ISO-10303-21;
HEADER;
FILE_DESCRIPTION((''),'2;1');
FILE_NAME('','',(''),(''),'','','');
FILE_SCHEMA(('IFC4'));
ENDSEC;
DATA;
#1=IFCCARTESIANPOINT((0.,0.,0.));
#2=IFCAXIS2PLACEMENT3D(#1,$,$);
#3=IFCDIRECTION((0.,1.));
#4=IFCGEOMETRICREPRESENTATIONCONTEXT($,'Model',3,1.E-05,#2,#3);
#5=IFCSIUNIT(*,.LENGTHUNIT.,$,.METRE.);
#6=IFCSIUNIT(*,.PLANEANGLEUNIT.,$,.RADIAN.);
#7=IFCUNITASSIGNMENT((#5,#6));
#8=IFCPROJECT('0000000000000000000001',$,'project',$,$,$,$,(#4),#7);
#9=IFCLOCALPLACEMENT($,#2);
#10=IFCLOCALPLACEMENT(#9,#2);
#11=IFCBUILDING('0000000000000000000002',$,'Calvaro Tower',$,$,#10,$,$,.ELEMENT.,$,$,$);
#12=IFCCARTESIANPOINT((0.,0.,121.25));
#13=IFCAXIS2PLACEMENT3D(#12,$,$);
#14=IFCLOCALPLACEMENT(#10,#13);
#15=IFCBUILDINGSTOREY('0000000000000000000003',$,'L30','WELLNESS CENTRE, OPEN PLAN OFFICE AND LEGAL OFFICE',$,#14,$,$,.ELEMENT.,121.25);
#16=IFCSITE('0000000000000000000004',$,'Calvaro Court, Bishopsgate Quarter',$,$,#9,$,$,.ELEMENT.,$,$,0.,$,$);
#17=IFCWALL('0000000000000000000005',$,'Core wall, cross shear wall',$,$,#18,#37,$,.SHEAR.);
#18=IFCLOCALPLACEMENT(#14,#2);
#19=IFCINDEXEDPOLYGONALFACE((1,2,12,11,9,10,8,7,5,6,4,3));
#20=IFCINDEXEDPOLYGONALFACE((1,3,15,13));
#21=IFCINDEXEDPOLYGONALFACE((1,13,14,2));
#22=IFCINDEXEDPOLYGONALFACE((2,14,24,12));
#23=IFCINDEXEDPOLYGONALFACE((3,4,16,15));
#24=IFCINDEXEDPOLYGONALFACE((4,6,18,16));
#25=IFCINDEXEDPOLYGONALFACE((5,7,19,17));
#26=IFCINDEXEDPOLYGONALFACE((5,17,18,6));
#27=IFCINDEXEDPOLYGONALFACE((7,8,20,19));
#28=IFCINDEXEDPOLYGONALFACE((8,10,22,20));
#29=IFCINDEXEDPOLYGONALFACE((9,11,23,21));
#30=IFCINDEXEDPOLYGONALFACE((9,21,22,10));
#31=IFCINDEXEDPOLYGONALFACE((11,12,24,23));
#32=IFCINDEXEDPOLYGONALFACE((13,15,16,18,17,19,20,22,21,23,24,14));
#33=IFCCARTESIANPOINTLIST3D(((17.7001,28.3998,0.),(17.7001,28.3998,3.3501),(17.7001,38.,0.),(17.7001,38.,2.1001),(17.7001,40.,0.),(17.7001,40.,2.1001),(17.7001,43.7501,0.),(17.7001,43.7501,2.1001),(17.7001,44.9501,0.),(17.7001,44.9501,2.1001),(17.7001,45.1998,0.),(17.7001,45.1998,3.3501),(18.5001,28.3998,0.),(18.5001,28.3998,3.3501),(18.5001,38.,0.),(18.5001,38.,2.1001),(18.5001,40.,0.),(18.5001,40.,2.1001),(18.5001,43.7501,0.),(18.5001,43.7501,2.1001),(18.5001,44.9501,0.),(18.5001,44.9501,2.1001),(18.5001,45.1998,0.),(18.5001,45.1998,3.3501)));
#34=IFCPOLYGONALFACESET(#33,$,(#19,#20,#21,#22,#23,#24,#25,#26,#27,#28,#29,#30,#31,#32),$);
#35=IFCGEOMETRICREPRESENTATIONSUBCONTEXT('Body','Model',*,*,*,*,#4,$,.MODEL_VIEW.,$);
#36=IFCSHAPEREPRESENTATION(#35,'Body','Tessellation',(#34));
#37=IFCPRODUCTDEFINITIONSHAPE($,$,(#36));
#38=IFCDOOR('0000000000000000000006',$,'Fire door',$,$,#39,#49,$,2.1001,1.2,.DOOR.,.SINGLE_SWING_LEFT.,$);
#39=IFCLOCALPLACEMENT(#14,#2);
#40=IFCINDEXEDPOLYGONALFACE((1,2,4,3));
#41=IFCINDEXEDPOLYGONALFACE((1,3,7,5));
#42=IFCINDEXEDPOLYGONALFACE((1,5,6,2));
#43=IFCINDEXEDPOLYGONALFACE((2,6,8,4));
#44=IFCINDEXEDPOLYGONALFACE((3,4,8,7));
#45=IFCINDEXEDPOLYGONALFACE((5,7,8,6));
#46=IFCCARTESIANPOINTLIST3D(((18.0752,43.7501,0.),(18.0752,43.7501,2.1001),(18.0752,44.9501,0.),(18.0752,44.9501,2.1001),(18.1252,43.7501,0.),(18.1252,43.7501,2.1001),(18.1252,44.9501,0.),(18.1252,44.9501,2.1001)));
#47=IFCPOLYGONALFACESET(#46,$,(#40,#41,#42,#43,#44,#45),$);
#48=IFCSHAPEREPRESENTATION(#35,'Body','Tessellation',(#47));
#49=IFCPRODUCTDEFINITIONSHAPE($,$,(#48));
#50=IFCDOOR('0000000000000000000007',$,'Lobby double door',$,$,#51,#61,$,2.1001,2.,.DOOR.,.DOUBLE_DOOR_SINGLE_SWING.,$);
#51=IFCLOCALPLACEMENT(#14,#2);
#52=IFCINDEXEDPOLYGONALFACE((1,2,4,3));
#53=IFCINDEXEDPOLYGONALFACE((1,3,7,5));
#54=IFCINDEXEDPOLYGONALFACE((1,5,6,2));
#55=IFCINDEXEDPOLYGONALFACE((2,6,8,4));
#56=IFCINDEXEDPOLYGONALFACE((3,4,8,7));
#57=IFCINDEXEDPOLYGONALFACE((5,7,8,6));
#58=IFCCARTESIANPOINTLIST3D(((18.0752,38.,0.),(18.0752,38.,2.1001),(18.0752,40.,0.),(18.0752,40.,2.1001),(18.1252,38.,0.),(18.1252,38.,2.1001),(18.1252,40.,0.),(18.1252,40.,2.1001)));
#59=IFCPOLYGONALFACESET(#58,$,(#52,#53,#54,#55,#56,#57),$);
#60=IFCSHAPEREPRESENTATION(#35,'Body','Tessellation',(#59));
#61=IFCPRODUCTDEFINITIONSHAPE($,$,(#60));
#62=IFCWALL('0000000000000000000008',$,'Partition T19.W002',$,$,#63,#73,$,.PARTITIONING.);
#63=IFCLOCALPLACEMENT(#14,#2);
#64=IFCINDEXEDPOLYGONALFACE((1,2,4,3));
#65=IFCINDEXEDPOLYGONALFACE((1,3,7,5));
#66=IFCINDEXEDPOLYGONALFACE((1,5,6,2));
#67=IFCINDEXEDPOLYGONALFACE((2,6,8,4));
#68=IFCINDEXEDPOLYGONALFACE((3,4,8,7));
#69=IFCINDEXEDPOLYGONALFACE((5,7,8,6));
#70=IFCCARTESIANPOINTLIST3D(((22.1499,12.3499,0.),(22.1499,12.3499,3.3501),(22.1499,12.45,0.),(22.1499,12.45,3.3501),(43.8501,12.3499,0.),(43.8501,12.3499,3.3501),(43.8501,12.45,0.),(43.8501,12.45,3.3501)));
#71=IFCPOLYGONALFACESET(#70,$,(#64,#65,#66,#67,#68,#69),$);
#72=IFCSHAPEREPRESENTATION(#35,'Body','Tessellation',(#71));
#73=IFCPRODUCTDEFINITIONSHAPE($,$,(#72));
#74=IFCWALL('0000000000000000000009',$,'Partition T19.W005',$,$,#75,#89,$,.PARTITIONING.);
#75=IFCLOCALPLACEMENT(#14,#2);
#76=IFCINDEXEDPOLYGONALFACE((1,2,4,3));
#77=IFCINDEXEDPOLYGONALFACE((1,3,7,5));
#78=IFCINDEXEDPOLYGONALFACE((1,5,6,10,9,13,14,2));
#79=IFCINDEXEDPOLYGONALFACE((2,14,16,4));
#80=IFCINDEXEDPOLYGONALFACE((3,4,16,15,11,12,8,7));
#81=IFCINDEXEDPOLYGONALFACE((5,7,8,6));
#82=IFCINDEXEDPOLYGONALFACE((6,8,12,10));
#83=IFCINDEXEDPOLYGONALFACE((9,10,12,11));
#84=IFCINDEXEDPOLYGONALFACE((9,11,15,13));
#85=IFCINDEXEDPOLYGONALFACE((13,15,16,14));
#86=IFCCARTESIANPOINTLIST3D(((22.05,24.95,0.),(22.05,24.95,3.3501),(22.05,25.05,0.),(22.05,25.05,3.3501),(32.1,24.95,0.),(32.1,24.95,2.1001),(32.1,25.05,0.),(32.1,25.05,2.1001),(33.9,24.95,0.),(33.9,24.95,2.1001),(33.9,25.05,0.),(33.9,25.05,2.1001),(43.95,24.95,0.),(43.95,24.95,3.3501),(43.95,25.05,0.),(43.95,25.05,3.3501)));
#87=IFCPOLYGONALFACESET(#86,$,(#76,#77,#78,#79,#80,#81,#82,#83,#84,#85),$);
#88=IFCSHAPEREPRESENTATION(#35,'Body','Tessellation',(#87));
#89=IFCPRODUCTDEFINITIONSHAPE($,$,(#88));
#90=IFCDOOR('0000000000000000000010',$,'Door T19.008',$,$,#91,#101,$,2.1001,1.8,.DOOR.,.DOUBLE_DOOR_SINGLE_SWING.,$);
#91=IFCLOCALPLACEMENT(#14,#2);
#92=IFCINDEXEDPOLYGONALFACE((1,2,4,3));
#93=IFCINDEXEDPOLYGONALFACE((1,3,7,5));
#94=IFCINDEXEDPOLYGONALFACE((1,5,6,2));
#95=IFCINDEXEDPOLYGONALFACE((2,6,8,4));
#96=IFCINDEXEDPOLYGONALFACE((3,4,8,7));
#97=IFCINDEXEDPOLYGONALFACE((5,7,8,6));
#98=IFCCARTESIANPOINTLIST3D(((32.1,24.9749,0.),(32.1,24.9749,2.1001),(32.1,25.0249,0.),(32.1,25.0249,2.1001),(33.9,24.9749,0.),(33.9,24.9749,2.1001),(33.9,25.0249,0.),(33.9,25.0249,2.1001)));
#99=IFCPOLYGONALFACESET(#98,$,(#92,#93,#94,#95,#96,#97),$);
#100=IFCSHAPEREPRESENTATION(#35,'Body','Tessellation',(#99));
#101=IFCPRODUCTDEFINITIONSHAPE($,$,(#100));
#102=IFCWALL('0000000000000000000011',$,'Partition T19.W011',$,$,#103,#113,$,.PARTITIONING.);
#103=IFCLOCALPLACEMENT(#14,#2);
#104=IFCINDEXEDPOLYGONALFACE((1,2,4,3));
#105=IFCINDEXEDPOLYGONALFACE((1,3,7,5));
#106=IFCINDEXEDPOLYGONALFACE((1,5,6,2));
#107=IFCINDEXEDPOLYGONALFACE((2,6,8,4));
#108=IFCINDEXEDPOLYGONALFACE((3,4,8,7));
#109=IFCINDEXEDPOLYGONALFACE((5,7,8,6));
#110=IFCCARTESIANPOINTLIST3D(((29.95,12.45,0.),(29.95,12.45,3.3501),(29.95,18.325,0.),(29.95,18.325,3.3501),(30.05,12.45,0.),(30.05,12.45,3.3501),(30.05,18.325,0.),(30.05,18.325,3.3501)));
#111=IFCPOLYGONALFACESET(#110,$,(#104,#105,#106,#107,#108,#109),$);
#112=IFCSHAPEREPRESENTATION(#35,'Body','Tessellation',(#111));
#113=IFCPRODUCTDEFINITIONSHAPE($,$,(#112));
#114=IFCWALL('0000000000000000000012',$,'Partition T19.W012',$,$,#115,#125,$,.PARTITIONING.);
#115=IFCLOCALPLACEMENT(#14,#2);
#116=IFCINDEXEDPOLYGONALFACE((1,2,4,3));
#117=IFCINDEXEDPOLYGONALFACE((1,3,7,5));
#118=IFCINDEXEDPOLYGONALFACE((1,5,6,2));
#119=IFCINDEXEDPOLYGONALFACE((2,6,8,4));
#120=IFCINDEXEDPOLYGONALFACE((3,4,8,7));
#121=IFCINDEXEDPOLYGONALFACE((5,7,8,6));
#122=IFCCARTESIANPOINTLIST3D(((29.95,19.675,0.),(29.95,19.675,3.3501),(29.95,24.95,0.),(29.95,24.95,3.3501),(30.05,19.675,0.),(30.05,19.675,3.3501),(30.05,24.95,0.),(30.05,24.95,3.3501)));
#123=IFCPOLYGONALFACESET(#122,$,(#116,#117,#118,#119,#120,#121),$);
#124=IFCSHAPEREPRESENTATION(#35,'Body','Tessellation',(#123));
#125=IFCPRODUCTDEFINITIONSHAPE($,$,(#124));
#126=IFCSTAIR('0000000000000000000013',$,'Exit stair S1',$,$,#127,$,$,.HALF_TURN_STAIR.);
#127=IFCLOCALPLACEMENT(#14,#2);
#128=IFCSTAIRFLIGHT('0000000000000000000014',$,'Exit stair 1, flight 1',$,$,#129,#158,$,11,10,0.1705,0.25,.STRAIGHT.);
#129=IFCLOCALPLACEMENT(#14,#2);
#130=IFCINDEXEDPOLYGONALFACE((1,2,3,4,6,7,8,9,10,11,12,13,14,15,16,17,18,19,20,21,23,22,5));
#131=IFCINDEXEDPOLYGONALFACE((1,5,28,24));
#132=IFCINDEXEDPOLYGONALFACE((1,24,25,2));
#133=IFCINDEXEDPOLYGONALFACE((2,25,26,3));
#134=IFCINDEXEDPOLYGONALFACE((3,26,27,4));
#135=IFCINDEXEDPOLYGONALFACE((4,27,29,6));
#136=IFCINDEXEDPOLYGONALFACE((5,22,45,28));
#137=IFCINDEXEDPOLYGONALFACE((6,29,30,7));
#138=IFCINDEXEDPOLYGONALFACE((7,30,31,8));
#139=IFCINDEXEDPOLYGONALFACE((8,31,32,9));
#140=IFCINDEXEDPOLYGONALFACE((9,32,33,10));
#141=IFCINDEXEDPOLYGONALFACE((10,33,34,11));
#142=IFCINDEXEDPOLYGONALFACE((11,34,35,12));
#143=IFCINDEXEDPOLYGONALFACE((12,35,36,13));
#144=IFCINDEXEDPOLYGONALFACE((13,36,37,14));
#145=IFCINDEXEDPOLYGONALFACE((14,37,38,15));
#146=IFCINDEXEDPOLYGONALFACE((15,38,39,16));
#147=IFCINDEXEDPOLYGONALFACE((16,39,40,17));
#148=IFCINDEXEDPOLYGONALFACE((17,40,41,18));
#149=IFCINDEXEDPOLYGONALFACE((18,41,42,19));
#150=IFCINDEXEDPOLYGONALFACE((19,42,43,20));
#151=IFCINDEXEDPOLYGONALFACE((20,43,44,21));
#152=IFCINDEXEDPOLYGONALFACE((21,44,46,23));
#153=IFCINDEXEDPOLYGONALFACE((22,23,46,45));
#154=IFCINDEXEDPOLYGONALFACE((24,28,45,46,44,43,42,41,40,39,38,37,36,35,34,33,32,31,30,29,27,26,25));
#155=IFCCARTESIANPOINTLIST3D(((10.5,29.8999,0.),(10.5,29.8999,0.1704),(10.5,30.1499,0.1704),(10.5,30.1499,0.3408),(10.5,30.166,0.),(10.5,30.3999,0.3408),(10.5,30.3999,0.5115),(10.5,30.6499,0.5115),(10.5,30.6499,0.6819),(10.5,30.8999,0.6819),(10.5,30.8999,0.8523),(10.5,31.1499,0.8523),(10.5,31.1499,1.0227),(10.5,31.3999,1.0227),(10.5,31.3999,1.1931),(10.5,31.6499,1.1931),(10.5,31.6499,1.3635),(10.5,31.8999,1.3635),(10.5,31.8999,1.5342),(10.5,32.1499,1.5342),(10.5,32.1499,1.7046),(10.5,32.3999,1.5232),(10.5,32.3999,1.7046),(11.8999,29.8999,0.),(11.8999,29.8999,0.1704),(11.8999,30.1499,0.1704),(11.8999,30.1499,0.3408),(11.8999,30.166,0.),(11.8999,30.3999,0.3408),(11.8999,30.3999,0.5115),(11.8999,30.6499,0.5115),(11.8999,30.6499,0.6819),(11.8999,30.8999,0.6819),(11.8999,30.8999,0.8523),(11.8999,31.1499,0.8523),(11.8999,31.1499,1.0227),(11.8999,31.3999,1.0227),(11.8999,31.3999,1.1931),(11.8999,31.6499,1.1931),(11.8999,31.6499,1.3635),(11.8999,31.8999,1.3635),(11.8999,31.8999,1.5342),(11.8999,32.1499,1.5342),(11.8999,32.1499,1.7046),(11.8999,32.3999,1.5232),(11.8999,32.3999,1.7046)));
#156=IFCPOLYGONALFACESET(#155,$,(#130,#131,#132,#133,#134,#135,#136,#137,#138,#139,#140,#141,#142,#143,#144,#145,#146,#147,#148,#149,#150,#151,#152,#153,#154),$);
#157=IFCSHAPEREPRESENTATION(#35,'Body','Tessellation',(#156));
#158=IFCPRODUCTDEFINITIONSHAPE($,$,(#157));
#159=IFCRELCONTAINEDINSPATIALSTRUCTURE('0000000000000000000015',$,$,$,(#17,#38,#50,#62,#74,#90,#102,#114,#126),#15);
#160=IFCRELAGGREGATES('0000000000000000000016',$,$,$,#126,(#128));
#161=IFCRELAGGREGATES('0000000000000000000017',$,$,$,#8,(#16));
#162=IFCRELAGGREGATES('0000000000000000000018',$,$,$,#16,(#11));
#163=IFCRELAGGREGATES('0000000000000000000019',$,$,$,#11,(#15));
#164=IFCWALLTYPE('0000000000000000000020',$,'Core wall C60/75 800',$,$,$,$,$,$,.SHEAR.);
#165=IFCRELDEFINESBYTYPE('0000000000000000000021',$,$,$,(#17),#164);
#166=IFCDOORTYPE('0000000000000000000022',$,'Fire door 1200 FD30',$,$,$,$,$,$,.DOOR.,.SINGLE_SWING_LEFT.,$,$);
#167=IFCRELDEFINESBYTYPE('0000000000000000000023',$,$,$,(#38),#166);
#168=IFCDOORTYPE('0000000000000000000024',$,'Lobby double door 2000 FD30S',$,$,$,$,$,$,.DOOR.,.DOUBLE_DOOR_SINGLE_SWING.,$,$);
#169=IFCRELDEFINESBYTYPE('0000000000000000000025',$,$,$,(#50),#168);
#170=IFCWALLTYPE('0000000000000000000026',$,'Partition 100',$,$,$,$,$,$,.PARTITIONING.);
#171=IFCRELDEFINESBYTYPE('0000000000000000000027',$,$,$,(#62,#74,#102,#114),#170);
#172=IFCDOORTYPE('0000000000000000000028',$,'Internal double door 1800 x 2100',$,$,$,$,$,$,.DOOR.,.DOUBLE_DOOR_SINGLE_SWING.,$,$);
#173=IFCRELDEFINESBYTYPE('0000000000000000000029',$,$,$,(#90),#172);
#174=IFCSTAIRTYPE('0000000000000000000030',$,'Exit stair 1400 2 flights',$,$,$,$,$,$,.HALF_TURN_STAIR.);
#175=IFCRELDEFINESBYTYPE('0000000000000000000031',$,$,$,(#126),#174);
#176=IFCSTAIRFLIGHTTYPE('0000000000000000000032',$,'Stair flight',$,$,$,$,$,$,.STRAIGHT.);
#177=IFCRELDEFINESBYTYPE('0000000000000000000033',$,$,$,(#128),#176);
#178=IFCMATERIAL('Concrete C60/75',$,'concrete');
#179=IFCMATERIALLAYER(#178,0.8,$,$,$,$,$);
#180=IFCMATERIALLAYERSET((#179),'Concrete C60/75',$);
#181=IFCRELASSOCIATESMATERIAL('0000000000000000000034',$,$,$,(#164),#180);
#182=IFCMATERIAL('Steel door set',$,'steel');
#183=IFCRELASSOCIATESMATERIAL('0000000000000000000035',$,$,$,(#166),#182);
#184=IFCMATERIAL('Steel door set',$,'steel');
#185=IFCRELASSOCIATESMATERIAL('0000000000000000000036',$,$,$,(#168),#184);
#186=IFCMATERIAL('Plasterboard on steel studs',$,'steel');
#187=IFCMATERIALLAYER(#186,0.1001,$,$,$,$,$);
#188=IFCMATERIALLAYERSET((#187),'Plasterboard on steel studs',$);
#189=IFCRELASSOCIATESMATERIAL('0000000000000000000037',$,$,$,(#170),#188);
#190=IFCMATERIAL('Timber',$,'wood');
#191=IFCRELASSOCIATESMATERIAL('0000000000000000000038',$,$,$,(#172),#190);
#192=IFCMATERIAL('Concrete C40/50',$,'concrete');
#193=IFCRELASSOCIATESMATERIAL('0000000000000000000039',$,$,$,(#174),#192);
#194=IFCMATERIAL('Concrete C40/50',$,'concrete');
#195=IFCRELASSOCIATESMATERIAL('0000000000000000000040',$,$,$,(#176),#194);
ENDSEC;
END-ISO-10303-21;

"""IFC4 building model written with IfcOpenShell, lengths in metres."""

from ifc_helpers import new_model, si_unit, direction, frame, frame_2d, origin, place, context, subcontext, project, spatial, polyline, rectangle, outline, extrude, material, layer, layer_set, type_object, element, fill, aggregate, save


model = new_model("IFC4")

# Units and contexts
model_context = context("Model", 3, precision=1e-05, world=origin(), true_north=direction((0.0, 1.0)))
body_context = subcontext(model_context, "Body", "Model", "MODEL_VIEW")
ifc_project = project(units=[si_unit("LENGTHUNIT", "METRE"), si_unit("PLANEANGLEUNIT", "RADIAN")], contexts=[model_context])

# Site, building, storey
site_placement = place(None, origin())
site = spatial("IfcSite", under=ifc_project, at=site_placement, Name="Calvaro Court, Bishopsgate Quarter", CompositionType="ELEMENT", RefElevation=0.0)
building_placement = place(site_placement, origin())
building = spatial("IfcBuilding", under=site, at=building_placement, Name="Calvaro Tower", CompositionType="ELEMENT")
storey_placement = place(building_placement, frame((0.0, 0.0, 121.25)))
storey = spatial("IfcBuildingStorey", under=building, at=storey_placement, Name="L30", Description="WELLNESS CENTRE, OPEN PLAN OFFICE AND LEGAL OFFICE", CompositionType="ELEMENT", Elevation=121.25)

# Wall, openings, doors
ifc_material_1 = material(Name="Concrete C60/75", Category="concrete")
ifc_layer_1 = layer(ifc_material_1, 0.8)
ifc_layer_set_1 = layer_set([ifc_layer_1], Name="Concrete C60/75")
wall_type_1 = type_object("IfcWallType", Name="Core wall C60/75 800", PredefinedType="SHEAR", material=ifc_layer_set_1)
wall_1_placement = place(storey_placement, frame((18.1001, 28.3999, 0.0), z_axis=(0.0, 0.0, 1.0), x_axis=(0.0, 1.0, 0.0)))
wall_1 = element("IfcWall", 1, at=wall_1_placement, inside=storey, type_object=wall_type_1, Name="Core wall, cross shear wall", PredefinedType="SHEAR", context=body_context, shape_type="SweptSolid", body=[
    extrude(rectangle(XDim=16.8, YDim=0.8, at=frame_2d((8.3999, 0.0))), origin(), (0.0, 0.0, 1.0), 3.3501),
])
opening_1_placement = place(wall_1_placement, frame((9.6001, 0.0, 0.0)))
opening_1 = element("IfcOpeningElement", 2, at=opening_1_placement, cuts=wall_1, PredefinedType="OPENING", context=body_context, shape_type="SweptSolid", body=[
    extrude(rectangle(XDim=2.0, YDim=2.1001, at=frame_2d((1.0, 1.05))), frame((0.0, 0.4099, 0.0), z_axis=(0.0, -1.0, 0.0), x_axis=(1.0, 0.0, 0.0)), (0.0, 0.0, 1.0), 0.8201),
])
opening_2_placement = place(wall_1_placement, frame((15.3501, 0.0, 0.0)))
opening_2 = element("IfcOpeningElement", 3, at=opening_2_placement, cuts=wall_1, PredefinedType="OPENING", context=body_context, shape_type="SweptSolid", body=[
    extrude(rectangle(XDim=1.2, YDim=2.1001, at=frame_2d((0.6001, 1.05))), frame((0.0, 0.4099, 0.0), z_axis=(0.0, -1.0, 0.0), x_axis=(1.0, 0.0, 0.0)), (0.0, 0.0, 1.0), 0.8201),
])
ifc_material_2 = material(Name="Steel door set", Category="steel")
door_type_1 = type_object("IfcDoorType", Name="Fire door 1200 FD30", OperationType="SINGLE_SWING_LEFT", PredefinedType="DOOR", material=ifc_material_2)
door_1_placement = place(opening_2_placement, origin())
door_1 = element("IfcDoor", 4, at=door_1_placement, inside=storey, type_object=door_type_1, Name="Fire door", OperationType="SINGLE_SWING_LEFT", OverallHeight=2.1001, OverallWidth=1.2, PredefinedType="DOOR", context=body_context, shape_type="SweptSolid", body=[
    extrude(rectangle(XDim=1.2, YDim=2.1001, at=frame_2d((0.6001, 1.05))), frame((0.0, 0.0249, 0.0), z_axis=(0.0, -1.0, 0.0), x_axis=(1.0, 0.0, 0.0)), (0.0, 0.0, 1.0), 0.05),
])
fill(opening_2, door_1)
ifc_material_3 = material(Name="Steel door set", Category="steel")
door_type_2 = type_object("IfcDoorType", Name="Lobby double door 2000 FD30S", OperationType="DOUBLE_DOOR_SINGLE_SWING", PredefinedType="DOOR", material=ifc_material_3)
door_2_placement = place(opening_1_placement, origin())
door_2 = element("IfcDoor", 5, at=door_2_placement, inside=storey, type_object=door_type_2, Name="Lobby double door", OperationType="DOUBLE_DOOR_SINGLE_SWING", OverallHeight=2.1001, OverallWidth=2.0, PredefinedType="DOOR", context=body_context, shape_type="SweptSolid", body=[
    extrude(rectangle(XDim=2.0, YDim=2.1001, at=frame_2d((1.0, 1.05))), frame((0.0, 0.0249, 0.0), z_axis=(0.0, -1.0, 0.0), x_axis=(1.0, 0.0, 0.0)), (0.0, 0.0, 1.0), 0.05),
])
fill(opening_1, door_2)

# Wall
ifc_material_4 = material(Name="Plasterboard on steel studs", Category="steel")
ifc_layer_2 = layer(ifc_material_4, 0.1001)
ifc_layer_set_2 = layer_set([ifc_layer_2], Name="Plasterboard on steel studs")
wall_type_2 = type_object("IfcWallType", Name="Partition 100", PredefinedType="PARTITIONING", material=ifc_layer_set_2)
wall_2_placement = place(storey_placement, frame((22.1499, 12.3999, 0.0), z_axis=(0.0, 0.0, 1.0), x_axis=(1.0, 0.0, 0.0)))
element("IfcWall", 6, at=wall_2_placement, inside=storey, type_object=wall_type_2, Name="Partition T19.W002", PredefinedType="PARTITIONING", context=body_context, shape_type="SweptSolid", body=[
    extrude(rectangle(XDim=21.7002, YDim=0.1001, at=frame_2d((10.8501, 0.0))), origin(), (0.0, 0.0, 1.0), 3.3501),
])

# Wall, opening, door
wall_3_placement = place(storey_placement, frame((22.05, 25.0, 0.0), z_axis=(0.0, 0.0, 1.0), x_axis=(1.0, 0.0, 0.0)))
wall_3 = element("IfcWall", 7, at=wall_3_placement, inside=storey, type_object=wall_type_2, Name="Partition T19.W005", PredefinedType="PARTITIONING", context=body_context, shape_type="SweptSolid", body=[
    extrude(rectangle(XDim=21.8999, YDim=0.1001, at=frame_2d((10.95, 0.0))), origin(), (0.0, 0.0, 1.0), 3.3501),
])
opening_3_placement = place(wall_3_placement, frame((10.05, 0.0, 0.0)))
opening_3 = element("IfcOpeningElement", 8, at=opening_3_placement, cuts=wall_3, PredefinedType="OPENING", context=body_context, shape_type="SweptSolid", body=[
    extrude(rectangle(XDim=1.8, YDim=2.1001, at=frame_2d((0.8999, 1.05))), frame((0.0, 0.0601, 0.0), z_axis=(0.0, -1.0, 0.0), x_axis=(1.0, 0.0, 0.0)), (0.0, 0.0, 1.0), 0.1201),
])
ifc_material_5 = material(Name="Timber", Category="wood")
door_type_3 = type_object("IfcDoorType", Name="Internal double door 1800 x 2100", OperationType="DOUBLE_DOOR_SINGLE_SWING", PredefinedType="DOOR", material=ifc_material_5)
door_3_placement = place(opening_3_placement, origin())
door_3 = element("IfcDoor", 9, at=door_3_placement, inside=storey, type_object=door_type_3, Name="Door T19.008", OperationType="DOUBLE_DOOR_SINGLE_SWING", OverallHeight=2.1001, OverallWidth=1.8, PredefinedType="DOOR", context=body_context, shape_type="SweptSolid", body=[
    extrude(rectangle(XDim=1.8, YDim=2.1001, at=frame_2d((0.8999, 1.05))), frame((0.0, 0.0249, 0.0), z_axis=(0.0, -1.0, 0.0), x_axis=(1.0, 0.0, 0.0)), (0.0, 0.0, 1.0), 0.05),
])
fill(opening_3, door_3)

# Walls
wall_4_placement = place(storey_placement, frame((30.0, 12.45, 0.0), z_axis=(0.0, 0.0, 1.0), x_axis=(0.0, 1.0, 0.0)))
element("IfcWall", 10, at=wall_4_placement, inside=storey, type_object=wall_type_2, Name="Partition T19.W011", PredefinedType="PARTITIONING", context=body_context, shape_type="SweptSolid", body=[
    extrude(rectangle(XDim=5.875, YDim=0.1001, at=frame_2d((2.9375, 0.0))), origin(), (0.0, 0.0, 1.0), 3.3501),
])
wall_5_placement = place(storey_placement, frame((30.0, 19.675, 0.0), z_axis=(0.0, 0.0, 1.0), x_axis=(0.0, 1.0, 0.0)))
element("IfcWall", 11, at=wall_5_placement, inside=storey, type_object=wall_type_2, Name="Partition T19.W012", PredefinedType="PARTITIONING", context=body_context, shape_type="SweptSolid", body=[
    extrude(rectangle(XDim=5.2749, YDim=0.1001, at=frame_2d((2.6375, 0.0))), origin(), (0.0, 0.0, 1.0), 3.3501),
])

# Stair, stair flight
ifc_material_6 = material(Name="Concrete C40/50", Category="concrete")
stair_type = type_object("IfcStairType", Name="Exit stair 1400 2 flights", PredefinedType="HALF_TURN_STAIR", material=ifc_material_6)
stair_placement = place(storey_placement, origin())
stair = element("IfcStair", 12, at=stair_placement, inside=storey, type_object=stair_type, Name="Exit stair S1", PredefinedType="HALF_TURN_STAIR")
ifc_material_7 = material(Name="Concrete C40/50", Category="concrete")
stair_flight_type = type_object("IfcStairFlightType", Name="Stair flight", PredefinedType="STRAIGHT", material=ifc_material_7)
stair_flight_placement = place(storey_placement, frame((11.2, 29.8999, 0.0), z_axis=(0.0, 0.0, 1.0), x_axis=(0.0, 1.0, 0.0)))
stair_flight = element("IfcStairFlight", 13, at=stair_flight_placement, type_object=stair_flight_type, Name="Exit stair 1, flight 1", NumberOfRisers=11, NumberOfTreads=10, PredefinedType="STRAIGHT", RiserHeight=0.1705, TreadLength=0.25, context=body_context, shape_type="SweptSolid", body=[
    extrude(outline(polyline([(0.0, 0.0), (0.0, 0.1704), (0.25, 0.1704), (0.25, 0.3408), (0.5, 0.3408), (0.5, 0.5115), (0.75, 0.5115), (0.75, 0.6819), (1.0, 0.6819), (1.0, 0.8523), (1.25, 0.8523), (1.25, 1.0227), (1.5, 1.0227), (1.5, 1.1931), (1.75, 1.1931), (1.75, 1.3635), (2.0, 1.3635), (2.0, 1.5342), (2.25, 1.5342), (2.25, 1.7046), (2.5, 1.7046), (2.5, 1.875), (2.5, 1.5232), (0.2661, 0.0), (0.0, 0.0)])), frame((0.0, 0.7, 0.0), z_axis=(0.0, -1.0, 0.0), x_axis=(1.0, 0.0, 0.0)), (0.0, 0.0, 1.0), 1.3999),
])
aggregate(stair, [stair_flight])

save(model, "model.ifc")
